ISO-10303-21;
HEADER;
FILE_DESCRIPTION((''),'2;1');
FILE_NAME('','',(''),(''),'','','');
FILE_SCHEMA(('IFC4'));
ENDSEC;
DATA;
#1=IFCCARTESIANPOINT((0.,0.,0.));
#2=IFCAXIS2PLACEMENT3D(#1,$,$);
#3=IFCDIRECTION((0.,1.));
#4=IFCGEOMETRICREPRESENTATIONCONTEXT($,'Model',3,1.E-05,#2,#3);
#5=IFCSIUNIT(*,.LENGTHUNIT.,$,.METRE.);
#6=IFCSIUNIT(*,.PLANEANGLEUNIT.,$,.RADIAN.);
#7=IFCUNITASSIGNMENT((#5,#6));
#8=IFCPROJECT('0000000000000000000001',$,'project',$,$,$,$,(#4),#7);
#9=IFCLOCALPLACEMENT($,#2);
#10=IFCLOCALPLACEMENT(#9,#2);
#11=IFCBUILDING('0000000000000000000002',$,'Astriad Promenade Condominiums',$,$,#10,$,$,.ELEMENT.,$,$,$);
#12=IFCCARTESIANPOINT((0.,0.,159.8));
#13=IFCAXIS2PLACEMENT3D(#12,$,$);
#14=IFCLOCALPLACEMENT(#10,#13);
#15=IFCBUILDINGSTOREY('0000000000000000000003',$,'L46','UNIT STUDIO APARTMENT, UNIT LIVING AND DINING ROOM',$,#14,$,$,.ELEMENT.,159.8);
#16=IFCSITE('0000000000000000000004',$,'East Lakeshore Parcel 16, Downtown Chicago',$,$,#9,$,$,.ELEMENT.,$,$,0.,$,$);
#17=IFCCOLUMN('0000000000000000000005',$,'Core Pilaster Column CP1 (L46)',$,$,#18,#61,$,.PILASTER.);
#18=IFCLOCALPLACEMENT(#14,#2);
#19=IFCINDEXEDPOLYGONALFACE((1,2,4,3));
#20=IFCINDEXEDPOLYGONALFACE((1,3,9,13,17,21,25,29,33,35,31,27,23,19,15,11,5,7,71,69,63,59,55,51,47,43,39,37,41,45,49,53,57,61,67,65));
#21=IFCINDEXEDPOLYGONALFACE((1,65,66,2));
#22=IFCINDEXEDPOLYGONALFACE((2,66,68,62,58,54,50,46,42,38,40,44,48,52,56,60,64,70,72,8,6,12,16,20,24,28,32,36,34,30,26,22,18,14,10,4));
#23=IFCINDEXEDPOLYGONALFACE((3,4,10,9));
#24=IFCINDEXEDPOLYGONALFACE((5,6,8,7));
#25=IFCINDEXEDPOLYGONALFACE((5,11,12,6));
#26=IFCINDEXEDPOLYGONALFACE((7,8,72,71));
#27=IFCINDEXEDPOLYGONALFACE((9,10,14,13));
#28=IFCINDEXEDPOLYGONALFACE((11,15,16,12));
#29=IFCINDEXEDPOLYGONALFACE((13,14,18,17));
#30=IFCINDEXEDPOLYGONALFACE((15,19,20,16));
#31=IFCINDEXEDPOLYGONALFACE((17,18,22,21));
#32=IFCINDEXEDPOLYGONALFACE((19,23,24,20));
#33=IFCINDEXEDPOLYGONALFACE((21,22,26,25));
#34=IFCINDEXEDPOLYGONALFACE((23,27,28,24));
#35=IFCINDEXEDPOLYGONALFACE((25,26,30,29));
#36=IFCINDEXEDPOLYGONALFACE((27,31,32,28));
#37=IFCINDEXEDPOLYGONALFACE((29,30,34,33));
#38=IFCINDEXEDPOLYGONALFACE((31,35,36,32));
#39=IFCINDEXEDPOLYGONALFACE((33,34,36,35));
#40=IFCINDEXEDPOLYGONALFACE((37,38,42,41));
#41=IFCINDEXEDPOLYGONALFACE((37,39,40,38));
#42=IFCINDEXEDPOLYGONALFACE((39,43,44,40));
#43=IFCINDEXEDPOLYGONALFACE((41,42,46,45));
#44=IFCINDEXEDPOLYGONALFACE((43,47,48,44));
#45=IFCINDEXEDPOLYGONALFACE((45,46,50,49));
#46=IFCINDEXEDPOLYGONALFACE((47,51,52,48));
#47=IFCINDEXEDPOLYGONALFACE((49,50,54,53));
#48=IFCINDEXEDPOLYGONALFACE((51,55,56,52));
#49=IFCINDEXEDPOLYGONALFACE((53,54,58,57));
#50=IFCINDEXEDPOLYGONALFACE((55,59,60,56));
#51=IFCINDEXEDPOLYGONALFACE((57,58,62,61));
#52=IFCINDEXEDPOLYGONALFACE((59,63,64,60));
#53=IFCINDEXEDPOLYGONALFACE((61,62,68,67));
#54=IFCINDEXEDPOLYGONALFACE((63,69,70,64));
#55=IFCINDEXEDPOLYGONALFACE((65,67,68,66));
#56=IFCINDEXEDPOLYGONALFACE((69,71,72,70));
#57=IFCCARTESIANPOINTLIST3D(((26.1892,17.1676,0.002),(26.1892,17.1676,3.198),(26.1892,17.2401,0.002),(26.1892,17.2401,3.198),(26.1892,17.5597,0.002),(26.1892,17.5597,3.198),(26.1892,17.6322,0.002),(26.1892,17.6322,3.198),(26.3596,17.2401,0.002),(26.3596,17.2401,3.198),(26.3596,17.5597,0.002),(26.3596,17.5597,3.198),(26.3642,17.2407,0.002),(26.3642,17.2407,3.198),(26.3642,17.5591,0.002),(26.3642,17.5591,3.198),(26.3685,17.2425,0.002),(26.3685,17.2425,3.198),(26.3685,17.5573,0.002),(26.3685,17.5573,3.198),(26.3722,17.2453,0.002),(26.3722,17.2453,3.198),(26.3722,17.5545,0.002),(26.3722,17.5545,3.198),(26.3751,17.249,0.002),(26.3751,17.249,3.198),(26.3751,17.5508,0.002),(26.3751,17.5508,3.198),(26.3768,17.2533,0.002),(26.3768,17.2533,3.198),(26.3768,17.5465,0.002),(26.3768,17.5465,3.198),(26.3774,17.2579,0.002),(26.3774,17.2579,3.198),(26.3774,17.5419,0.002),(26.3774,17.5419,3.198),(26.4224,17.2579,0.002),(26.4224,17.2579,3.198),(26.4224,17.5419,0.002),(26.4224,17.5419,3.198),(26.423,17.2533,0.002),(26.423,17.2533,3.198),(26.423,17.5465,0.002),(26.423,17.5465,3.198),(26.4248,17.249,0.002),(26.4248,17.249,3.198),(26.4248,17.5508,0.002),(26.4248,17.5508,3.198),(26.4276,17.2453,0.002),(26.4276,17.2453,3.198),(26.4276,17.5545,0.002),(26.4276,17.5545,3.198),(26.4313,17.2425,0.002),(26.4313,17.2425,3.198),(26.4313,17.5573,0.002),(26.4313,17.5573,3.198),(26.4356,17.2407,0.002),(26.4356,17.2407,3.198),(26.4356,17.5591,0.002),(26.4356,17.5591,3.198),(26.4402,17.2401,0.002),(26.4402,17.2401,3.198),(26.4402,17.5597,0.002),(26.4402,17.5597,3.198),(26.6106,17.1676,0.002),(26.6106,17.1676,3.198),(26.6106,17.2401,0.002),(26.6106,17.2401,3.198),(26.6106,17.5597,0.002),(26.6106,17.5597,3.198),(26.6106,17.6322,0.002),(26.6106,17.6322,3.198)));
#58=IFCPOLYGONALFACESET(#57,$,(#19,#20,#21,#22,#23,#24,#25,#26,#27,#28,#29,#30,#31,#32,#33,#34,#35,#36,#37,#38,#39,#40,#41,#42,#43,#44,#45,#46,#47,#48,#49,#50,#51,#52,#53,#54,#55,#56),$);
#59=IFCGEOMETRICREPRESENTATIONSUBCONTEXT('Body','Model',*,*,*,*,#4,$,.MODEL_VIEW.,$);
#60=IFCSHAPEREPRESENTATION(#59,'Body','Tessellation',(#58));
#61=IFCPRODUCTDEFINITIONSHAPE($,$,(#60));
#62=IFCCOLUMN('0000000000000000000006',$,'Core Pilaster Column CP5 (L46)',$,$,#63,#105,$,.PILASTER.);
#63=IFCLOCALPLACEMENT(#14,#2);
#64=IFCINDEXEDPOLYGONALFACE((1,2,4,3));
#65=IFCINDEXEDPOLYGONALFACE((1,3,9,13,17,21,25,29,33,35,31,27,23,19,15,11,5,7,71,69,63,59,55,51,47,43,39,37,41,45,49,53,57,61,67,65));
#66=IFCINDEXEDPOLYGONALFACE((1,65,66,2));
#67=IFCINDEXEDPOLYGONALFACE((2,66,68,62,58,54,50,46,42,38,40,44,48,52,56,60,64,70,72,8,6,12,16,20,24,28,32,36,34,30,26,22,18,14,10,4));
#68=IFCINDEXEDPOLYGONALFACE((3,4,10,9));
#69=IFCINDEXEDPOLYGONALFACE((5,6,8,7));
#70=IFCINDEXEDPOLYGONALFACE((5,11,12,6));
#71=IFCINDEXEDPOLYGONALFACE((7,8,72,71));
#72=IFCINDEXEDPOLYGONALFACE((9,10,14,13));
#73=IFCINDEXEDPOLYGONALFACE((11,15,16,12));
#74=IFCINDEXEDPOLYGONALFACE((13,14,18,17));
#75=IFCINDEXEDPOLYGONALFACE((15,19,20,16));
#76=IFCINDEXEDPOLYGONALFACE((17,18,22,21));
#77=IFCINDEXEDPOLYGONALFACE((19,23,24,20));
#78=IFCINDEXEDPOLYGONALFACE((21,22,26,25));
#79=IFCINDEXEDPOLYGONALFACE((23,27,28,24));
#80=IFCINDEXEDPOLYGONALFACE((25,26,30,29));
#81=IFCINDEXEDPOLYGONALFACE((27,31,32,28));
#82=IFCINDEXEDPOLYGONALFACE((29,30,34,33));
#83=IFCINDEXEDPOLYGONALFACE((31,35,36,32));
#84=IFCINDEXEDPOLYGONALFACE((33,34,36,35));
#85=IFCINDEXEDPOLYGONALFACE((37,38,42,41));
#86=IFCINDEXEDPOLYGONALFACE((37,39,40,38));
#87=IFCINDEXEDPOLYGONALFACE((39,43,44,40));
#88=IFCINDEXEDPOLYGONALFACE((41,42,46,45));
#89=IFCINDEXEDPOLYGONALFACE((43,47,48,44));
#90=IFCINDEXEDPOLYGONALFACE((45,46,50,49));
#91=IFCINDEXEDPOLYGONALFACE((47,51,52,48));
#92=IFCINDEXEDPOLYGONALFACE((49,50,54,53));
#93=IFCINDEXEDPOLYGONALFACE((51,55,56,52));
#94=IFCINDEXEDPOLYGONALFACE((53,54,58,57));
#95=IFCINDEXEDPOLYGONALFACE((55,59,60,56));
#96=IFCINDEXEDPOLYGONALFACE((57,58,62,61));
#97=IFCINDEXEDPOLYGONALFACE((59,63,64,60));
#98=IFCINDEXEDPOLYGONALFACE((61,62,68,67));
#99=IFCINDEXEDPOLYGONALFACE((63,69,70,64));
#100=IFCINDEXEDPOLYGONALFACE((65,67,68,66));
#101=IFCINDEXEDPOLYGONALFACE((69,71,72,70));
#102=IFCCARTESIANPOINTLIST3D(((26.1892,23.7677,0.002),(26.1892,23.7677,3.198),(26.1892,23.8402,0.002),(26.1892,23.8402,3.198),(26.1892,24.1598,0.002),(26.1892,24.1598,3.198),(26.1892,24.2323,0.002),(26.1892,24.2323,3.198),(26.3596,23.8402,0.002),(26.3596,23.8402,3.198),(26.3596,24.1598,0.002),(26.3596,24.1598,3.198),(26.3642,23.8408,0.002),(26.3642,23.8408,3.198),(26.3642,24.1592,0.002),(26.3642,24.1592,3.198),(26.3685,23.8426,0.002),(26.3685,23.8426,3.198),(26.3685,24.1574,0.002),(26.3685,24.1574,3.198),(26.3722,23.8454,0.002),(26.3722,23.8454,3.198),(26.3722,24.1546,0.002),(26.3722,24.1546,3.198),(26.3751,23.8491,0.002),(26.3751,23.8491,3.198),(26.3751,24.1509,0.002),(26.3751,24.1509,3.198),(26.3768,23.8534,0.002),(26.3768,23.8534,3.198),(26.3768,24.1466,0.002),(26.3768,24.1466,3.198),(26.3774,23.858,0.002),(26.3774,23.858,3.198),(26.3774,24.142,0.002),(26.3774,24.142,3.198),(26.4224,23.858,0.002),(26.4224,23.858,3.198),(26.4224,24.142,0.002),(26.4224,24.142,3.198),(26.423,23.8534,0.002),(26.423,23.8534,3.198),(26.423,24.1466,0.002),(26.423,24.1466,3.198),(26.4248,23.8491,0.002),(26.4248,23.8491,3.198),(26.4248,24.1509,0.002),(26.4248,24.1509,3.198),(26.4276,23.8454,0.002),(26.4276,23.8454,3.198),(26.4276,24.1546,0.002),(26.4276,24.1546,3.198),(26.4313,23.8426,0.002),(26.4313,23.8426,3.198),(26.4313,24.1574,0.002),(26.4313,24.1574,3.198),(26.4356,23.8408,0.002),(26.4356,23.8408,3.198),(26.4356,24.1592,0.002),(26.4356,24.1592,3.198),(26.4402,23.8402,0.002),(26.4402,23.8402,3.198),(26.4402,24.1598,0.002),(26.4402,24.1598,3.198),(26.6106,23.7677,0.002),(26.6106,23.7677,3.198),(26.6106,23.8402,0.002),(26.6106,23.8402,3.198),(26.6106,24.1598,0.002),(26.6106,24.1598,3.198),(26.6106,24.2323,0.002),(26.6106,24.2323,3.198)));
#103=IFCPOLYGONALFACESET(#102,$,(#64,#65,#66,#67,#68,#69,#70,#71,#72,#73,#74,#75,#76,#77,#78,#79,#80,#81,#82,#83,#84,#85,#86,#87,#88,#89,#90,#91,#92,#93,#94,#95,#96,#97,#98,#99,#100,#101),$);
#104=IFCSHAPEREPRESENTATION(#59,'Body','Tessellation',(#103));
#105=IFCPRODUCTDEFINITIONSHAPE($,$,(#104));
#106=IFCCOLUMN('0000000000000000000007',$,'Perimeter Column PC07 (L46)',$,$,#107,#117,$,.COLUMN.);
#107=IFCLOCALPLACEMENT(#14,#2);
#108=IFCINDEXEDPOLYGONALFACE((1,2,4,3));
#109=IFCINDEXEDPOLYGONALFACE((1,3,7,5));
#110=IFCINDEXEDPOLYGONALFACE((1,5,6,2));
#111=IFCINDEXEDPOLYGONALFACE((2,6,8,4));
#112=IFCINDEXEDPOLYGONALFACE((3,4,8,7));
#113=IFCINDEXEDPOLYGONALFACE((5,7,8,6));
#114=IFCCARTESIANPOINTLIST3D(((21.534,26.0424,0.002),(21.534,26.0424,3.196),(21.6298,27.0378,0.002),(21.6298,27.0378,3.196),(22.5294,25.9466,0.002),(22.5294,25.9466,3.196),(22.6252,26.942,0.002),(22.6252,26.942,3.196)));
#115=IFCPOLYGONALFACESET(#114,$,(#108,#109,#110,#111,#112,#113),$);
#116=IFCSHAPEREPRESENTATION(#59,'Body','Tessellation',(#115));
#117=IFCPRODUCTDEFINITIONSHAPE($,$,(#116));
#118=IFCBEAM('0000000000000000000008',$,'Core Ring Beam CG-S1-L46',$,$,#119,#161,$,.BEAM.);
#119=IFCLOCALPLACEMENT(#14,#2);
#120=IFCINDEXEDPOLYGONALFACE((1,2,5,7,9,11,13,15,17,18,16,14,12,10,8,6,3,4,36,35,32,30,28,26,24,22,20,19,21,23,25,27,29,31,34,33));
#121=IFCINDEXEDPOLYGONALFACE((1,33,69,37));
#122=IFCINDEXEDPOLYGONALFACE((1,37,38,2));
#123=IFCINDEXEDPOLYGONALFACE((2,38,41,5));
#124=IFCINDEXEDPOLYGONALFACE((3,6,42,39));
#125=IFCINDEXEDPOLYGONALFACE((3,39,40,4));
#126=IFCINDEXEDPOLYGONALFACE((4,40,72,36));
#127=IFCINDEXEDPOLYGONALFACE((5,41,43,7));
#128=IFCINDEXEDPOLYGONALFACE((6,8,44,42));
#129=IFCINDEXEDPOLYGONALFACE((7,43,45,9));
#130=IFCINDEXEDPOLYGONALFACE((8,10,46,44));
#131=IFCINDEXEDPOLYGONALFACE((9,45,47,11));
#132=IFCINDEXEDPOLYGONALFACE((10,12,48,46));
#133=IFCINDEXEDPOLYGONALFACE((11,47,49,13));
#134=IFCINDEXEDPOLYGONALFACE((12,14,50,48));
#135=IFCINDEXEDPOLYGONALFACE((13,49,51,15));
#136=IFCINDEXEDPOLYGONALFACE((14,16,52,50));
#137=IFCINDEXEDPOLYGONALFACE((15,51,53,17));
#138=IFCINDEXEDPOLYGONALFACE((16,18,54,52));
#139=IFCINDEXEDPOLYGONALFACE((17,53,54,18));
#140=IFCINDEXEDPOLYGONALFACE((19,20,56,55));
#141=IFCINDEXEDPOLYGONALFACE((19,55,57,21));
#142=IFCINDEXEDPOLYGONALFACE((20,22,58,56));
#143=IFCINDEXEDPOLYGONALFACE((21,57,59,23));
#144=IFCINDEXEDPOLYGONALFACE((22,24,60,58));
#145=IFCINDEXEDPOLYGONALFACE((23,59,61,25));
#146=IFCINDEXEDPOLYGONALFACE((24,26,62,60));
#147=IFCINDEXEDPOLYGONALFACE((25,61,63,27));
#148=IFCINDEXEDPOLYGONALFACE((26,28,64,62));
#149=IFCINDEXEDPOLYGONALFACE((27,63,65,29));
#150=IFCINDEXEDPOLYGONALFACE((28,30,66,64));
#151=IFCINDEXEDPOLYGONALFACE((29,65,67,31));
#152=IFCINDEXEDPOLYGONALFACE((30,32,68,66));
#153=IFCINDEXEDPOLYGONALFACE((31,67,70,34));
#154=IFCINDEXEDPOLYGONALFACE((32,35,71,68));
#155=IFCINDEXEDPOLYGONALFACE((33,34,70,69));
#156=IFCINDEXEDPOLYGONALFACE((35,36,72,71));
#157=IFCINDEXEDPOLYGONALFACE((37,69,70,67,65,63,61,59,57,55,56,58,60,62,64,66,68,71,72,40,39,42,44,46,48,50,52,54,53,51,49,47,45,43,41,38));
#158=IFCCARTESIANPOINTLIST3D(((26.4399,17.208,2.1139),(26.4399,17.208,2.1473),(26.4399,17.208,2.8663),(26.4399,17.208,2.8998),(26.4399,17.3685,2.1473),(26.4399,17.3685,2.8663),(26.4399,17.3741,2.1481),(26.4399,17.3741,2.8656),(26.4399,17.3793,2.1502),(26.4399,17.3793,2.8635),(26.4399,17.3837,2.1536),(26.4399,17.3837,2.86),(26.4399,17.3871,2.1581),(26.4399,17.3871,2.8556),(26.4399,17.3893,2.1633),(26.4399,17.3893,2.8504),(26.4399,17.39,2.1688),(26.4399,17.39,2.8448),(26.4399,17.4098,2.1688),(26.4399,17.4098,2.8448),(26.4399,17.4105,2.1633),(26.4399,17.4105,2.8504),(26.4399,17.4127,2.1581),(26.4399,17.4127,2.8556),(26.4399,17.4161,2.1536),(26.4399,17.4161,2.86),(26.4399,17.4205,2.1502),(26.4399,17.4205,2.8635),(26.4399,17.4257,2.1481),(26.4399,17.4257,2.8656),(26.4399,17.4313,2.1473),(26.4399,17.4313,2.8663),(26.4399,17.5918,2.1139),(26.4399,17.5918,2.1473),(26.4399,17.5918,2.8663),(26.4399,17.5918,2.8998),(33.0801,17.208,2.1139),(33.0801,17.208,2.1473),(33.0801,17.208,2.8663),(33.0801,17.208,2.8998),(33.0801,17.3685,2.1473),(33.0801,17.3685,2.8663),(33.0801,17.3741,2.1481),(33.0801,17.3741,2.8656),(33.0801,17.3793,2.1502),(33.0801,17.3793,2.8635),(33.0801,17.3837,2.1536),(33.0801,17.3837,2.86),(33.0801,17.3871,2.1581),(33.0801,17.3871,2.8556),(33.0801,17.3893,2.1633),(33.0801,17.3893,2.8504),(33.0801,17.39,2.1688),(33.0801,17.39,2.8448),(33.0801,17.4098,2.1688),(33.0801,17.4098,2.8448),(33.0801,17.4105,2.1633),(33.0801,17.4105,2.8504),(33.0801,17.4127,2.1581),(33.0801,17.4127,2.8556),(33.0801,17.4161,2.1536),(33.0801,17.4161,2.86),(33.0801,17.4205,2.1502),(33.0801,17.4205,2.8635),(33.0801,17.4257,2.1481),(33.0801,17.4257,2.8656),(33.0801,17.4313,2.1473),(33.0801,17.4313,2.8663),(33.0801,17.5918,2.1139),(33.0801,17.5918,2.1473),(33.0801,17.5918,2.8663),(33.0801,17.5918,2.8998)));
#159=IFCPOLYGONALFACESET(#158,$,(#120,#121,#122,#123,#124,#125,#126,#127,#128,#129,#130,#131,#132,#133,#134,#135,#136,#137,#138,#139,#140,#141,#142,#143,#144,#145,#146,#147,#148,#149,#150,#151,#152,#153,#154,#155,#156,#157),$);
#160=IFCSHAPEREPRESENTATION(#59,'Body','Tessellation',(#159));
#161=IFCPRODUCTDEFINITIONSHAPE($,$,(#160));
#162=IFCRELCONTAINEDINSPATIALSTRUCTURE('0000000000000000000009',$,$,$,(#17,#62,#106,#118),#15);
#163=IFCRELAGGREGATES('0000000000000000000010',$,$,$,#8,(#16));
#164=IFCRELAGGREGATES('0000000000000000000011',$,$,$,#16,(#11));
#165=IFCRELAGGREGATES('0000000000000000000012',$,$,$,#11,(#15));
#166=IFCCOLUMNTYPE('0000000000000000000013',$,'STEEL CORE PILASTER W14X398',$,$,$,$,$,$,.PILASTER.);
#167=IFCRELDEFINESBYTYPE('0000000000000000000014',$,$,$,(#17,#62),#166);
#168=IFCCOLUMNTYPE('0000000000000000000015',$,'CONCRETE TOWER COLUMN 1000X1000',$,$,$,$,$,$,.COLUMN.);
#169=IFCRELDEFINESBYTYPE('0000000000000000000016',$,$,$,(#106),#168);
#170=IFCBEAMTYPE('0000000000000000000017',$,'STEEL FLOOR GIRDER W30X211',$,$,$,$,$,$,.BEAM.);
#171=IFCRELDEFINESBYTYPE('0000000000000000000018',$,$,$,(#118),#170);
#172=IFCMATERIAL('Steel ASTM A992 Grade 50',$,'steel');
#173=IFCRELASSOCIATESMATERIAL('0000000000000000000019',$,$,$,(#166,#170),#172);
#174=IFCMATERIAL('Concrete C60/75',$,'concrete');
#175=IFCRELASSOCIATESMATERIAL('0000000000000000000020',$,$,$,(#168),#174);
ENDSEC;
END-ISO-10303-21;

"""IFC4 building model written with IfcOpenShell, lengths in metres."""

from ifc_helpers import new_model, si_unit, direction, frame, origin, origin_2d, place, context, subcontext, project, spatial, rectangle, i_section, extrude, source, transform, mapped, material, material_profile, profile_set, type_object, type_shapes, element, save


model = new_model("IFC4")

# Units and contexts
model_context = context("Model", 3, precision=1e-05, world=origin(), true_north=direction((0.0, 1.0)))
body_context = subcontext(model_context, "Body", "Model", "MODEL_VIEW")
ifc_project = project(units=[si_unit("LENGTHUNIT", "METRE"), si_unit("PLANEANGLEUNIT", "RADIAN")], contexts=[model_context])

# Site, building, storey
site_placement = place(None, origin())
site = spatial("IfcSite", under=ifc_project, at=site_placement, Name="East Lakeshore Parcel 16, Downtown Chicago", CompositionType="ELEMENT", RefElevation=0.0)
building_placement = place(site_placement, origin())
building = spatial("IfcBuilding", under=site, at=building_placement, Name="Astriad Promenade Condominiums", CompositionType="ELEMENT")
storey_placement = place(building_placement, frame((0.0, 0.0, 159.8)))
storey = spatial("IfcBuildingStorey", under=building, at=storey_placement, Name="L46", Description="UNIT STUDIO APARTMENT, UNIT LIVING AND DINING ROOM", CompositionType="ELEMENT", Elevation=159.8)

# Columns
ifc_material_1 = material(Name="Steel ASTM A992 Grade 50", Category="steel")
ifc_material_profile_1 = material_profile(ifc_material_1, i_section(OverallWidth=0.4214, OverallDepth=0.4646, WebThickness=0.0449, FlangeThickness=0.0725, FilletRadius=0.0178, at=origin_2d()), Name="W14X398")
ifc_profile_set_1 = profile_set([ifc_material_profile_1], Name="Steel ASTM A992 Grade 50")
column_type_1 = type_object("IfcColumnType", Name="STEEL CORE PILASTER W14X398", PredefinedType="PILASTER", material=ifc_profile_set_1)
shared_shape_1 = source(origin(), body_context, "Body", "SweptSolid", [
    extrude(i_section(OverallWidth=0.4214, OverallDepth=0.4646, WebThickness=0.0449, FlangeThickness=0.0725, FilletRadius=0.0178, at=origin_2d()), origin(), (0.0, 0.0, 1.0), 3.196),
])
type_shapes(column_type_1, [shared_shape_1])
for number, where, z_axis, x_axis, name in (
    (1, (26.3999, 17.3999, 0.002), (0.0, 0.0, 1.0), (1.0, 0.0, 0.0), "Core Pilaster Column CP1 (L46)"),
    (2, (26.3999, 24.0, 0.002), (0.0, 0.0, 1.0), (1.0, 0.0, 0.0), "Core Pilaster Column CP5 (L46)"),
):
    element("IfcColumn", number, at=place(storey_placement, frame(where, z_axis=z_axis, x_axis=x_axis)), inside=storey, type_object=column_type_1, Name=name, PredefinedType="PILASTER", context=body_context, shape_type="MappedRepresentation", body=[
        mapped(shared_shape_1, transform((0.0, 0.0, 0.0), scale=1.0)),
    ])
ifc_material_2 = material(Name="Concrete C60/75", Category="concrete")
ifc_material_profile_2 = material_profile(ifc_material_2, rectangle(XDim=1.0, YDim=1.0, at=origin_2d()), Name="RC-COL-1000X1000")
ifc_profile_set_2 = profile_set([ifc_material_profile_2], Name="Concrete C60/75")
column_type_2 = type_object("IfcColumnType", Name="CONCRETE TOWER COLUMN 1000X1000", PredefinedType="COLUMN", material=ifc_profile_set_2)
shared_shape_2 = source(origin(), body_context, "Body", "SweptSolid", [
    extrude(rectangle(XDim=1.0, YDim=1.0, at=origin_2d()), origin(), (0.0, 0.0, 1.0), 3.1941),
])
type_shapes(column_type_2, [shared_shape_2])
column_placement = place(storey_placement, frame((22.0796, 26.4922, 0.002), z_axis=(0.0, 0.0, 1.0), x_axis=(0.995396, -0.095846, 0.0)))
element("IfcColumn", 3, at=column_placement, inside=storey, type_object=column_type_2, Name="Perimeter Column PC07 (L46)", PredefinedType="COLUMN", context=body_context, shape_type="MappedRepresentation", body=[
    mapped(shared_shape_2, transform((0.0, 0.0, 0.0), scale=1.0)),
])

# Beam
ifc_material_profile_3 = material_profile(ifc_material_1, i_section(OverallWidth=0.3838, OverallDepth=0.7859, WebThickness=0.0198, FlangeThickness=0.0334, FilletRadius=0.0215, at=origin_2d()), Name="W30X211")
ifc_profile_set_3 = profile_set([ifc_material_profile_3], Name="Steel ASTM A992 Grade 50")
beam_type_1 = type_object("IfcBeamType", Name="STEEL FLOOR GIRDER W30X211", PredefinedType="BEAM", material=ifc_profile_set_3)
shared_shape_3 = source(origin(), body_context, "Body", "SweptSolid", [
    extrude(i_section(OverallWidth=0.3838, OverallDepth=0.7859, WebThickness=0.0198, FlangeThickness=0.0334, FilletRadius=0.0215, at=origin_2d()), origin(), (0.0, 0.0, 1.0), 6.6401),
])
type_shapes(beam_type_1, [shared_shape_3])
beam_1_placement = place(storey_placement, frame((26.4399, 17.3999, 2.5068), z_axis=(1.0, 0.0, 0.0), x_axis=(0.0, 1.0, 0.0)))
element("IfcBeam", 4, at=beam_1_placement, inside=storey, type_object=beam_type_1, Name="Core Ring Beam CG-S1-L46", PredefinedType="BEAM", context=body_context, shape_type="MappedRepresentation", body=[
    mapped(shared_shape_3, transform((0.0, 0.0, 0.0), scale=1.0)),
])

save(model, "model.ifc")
